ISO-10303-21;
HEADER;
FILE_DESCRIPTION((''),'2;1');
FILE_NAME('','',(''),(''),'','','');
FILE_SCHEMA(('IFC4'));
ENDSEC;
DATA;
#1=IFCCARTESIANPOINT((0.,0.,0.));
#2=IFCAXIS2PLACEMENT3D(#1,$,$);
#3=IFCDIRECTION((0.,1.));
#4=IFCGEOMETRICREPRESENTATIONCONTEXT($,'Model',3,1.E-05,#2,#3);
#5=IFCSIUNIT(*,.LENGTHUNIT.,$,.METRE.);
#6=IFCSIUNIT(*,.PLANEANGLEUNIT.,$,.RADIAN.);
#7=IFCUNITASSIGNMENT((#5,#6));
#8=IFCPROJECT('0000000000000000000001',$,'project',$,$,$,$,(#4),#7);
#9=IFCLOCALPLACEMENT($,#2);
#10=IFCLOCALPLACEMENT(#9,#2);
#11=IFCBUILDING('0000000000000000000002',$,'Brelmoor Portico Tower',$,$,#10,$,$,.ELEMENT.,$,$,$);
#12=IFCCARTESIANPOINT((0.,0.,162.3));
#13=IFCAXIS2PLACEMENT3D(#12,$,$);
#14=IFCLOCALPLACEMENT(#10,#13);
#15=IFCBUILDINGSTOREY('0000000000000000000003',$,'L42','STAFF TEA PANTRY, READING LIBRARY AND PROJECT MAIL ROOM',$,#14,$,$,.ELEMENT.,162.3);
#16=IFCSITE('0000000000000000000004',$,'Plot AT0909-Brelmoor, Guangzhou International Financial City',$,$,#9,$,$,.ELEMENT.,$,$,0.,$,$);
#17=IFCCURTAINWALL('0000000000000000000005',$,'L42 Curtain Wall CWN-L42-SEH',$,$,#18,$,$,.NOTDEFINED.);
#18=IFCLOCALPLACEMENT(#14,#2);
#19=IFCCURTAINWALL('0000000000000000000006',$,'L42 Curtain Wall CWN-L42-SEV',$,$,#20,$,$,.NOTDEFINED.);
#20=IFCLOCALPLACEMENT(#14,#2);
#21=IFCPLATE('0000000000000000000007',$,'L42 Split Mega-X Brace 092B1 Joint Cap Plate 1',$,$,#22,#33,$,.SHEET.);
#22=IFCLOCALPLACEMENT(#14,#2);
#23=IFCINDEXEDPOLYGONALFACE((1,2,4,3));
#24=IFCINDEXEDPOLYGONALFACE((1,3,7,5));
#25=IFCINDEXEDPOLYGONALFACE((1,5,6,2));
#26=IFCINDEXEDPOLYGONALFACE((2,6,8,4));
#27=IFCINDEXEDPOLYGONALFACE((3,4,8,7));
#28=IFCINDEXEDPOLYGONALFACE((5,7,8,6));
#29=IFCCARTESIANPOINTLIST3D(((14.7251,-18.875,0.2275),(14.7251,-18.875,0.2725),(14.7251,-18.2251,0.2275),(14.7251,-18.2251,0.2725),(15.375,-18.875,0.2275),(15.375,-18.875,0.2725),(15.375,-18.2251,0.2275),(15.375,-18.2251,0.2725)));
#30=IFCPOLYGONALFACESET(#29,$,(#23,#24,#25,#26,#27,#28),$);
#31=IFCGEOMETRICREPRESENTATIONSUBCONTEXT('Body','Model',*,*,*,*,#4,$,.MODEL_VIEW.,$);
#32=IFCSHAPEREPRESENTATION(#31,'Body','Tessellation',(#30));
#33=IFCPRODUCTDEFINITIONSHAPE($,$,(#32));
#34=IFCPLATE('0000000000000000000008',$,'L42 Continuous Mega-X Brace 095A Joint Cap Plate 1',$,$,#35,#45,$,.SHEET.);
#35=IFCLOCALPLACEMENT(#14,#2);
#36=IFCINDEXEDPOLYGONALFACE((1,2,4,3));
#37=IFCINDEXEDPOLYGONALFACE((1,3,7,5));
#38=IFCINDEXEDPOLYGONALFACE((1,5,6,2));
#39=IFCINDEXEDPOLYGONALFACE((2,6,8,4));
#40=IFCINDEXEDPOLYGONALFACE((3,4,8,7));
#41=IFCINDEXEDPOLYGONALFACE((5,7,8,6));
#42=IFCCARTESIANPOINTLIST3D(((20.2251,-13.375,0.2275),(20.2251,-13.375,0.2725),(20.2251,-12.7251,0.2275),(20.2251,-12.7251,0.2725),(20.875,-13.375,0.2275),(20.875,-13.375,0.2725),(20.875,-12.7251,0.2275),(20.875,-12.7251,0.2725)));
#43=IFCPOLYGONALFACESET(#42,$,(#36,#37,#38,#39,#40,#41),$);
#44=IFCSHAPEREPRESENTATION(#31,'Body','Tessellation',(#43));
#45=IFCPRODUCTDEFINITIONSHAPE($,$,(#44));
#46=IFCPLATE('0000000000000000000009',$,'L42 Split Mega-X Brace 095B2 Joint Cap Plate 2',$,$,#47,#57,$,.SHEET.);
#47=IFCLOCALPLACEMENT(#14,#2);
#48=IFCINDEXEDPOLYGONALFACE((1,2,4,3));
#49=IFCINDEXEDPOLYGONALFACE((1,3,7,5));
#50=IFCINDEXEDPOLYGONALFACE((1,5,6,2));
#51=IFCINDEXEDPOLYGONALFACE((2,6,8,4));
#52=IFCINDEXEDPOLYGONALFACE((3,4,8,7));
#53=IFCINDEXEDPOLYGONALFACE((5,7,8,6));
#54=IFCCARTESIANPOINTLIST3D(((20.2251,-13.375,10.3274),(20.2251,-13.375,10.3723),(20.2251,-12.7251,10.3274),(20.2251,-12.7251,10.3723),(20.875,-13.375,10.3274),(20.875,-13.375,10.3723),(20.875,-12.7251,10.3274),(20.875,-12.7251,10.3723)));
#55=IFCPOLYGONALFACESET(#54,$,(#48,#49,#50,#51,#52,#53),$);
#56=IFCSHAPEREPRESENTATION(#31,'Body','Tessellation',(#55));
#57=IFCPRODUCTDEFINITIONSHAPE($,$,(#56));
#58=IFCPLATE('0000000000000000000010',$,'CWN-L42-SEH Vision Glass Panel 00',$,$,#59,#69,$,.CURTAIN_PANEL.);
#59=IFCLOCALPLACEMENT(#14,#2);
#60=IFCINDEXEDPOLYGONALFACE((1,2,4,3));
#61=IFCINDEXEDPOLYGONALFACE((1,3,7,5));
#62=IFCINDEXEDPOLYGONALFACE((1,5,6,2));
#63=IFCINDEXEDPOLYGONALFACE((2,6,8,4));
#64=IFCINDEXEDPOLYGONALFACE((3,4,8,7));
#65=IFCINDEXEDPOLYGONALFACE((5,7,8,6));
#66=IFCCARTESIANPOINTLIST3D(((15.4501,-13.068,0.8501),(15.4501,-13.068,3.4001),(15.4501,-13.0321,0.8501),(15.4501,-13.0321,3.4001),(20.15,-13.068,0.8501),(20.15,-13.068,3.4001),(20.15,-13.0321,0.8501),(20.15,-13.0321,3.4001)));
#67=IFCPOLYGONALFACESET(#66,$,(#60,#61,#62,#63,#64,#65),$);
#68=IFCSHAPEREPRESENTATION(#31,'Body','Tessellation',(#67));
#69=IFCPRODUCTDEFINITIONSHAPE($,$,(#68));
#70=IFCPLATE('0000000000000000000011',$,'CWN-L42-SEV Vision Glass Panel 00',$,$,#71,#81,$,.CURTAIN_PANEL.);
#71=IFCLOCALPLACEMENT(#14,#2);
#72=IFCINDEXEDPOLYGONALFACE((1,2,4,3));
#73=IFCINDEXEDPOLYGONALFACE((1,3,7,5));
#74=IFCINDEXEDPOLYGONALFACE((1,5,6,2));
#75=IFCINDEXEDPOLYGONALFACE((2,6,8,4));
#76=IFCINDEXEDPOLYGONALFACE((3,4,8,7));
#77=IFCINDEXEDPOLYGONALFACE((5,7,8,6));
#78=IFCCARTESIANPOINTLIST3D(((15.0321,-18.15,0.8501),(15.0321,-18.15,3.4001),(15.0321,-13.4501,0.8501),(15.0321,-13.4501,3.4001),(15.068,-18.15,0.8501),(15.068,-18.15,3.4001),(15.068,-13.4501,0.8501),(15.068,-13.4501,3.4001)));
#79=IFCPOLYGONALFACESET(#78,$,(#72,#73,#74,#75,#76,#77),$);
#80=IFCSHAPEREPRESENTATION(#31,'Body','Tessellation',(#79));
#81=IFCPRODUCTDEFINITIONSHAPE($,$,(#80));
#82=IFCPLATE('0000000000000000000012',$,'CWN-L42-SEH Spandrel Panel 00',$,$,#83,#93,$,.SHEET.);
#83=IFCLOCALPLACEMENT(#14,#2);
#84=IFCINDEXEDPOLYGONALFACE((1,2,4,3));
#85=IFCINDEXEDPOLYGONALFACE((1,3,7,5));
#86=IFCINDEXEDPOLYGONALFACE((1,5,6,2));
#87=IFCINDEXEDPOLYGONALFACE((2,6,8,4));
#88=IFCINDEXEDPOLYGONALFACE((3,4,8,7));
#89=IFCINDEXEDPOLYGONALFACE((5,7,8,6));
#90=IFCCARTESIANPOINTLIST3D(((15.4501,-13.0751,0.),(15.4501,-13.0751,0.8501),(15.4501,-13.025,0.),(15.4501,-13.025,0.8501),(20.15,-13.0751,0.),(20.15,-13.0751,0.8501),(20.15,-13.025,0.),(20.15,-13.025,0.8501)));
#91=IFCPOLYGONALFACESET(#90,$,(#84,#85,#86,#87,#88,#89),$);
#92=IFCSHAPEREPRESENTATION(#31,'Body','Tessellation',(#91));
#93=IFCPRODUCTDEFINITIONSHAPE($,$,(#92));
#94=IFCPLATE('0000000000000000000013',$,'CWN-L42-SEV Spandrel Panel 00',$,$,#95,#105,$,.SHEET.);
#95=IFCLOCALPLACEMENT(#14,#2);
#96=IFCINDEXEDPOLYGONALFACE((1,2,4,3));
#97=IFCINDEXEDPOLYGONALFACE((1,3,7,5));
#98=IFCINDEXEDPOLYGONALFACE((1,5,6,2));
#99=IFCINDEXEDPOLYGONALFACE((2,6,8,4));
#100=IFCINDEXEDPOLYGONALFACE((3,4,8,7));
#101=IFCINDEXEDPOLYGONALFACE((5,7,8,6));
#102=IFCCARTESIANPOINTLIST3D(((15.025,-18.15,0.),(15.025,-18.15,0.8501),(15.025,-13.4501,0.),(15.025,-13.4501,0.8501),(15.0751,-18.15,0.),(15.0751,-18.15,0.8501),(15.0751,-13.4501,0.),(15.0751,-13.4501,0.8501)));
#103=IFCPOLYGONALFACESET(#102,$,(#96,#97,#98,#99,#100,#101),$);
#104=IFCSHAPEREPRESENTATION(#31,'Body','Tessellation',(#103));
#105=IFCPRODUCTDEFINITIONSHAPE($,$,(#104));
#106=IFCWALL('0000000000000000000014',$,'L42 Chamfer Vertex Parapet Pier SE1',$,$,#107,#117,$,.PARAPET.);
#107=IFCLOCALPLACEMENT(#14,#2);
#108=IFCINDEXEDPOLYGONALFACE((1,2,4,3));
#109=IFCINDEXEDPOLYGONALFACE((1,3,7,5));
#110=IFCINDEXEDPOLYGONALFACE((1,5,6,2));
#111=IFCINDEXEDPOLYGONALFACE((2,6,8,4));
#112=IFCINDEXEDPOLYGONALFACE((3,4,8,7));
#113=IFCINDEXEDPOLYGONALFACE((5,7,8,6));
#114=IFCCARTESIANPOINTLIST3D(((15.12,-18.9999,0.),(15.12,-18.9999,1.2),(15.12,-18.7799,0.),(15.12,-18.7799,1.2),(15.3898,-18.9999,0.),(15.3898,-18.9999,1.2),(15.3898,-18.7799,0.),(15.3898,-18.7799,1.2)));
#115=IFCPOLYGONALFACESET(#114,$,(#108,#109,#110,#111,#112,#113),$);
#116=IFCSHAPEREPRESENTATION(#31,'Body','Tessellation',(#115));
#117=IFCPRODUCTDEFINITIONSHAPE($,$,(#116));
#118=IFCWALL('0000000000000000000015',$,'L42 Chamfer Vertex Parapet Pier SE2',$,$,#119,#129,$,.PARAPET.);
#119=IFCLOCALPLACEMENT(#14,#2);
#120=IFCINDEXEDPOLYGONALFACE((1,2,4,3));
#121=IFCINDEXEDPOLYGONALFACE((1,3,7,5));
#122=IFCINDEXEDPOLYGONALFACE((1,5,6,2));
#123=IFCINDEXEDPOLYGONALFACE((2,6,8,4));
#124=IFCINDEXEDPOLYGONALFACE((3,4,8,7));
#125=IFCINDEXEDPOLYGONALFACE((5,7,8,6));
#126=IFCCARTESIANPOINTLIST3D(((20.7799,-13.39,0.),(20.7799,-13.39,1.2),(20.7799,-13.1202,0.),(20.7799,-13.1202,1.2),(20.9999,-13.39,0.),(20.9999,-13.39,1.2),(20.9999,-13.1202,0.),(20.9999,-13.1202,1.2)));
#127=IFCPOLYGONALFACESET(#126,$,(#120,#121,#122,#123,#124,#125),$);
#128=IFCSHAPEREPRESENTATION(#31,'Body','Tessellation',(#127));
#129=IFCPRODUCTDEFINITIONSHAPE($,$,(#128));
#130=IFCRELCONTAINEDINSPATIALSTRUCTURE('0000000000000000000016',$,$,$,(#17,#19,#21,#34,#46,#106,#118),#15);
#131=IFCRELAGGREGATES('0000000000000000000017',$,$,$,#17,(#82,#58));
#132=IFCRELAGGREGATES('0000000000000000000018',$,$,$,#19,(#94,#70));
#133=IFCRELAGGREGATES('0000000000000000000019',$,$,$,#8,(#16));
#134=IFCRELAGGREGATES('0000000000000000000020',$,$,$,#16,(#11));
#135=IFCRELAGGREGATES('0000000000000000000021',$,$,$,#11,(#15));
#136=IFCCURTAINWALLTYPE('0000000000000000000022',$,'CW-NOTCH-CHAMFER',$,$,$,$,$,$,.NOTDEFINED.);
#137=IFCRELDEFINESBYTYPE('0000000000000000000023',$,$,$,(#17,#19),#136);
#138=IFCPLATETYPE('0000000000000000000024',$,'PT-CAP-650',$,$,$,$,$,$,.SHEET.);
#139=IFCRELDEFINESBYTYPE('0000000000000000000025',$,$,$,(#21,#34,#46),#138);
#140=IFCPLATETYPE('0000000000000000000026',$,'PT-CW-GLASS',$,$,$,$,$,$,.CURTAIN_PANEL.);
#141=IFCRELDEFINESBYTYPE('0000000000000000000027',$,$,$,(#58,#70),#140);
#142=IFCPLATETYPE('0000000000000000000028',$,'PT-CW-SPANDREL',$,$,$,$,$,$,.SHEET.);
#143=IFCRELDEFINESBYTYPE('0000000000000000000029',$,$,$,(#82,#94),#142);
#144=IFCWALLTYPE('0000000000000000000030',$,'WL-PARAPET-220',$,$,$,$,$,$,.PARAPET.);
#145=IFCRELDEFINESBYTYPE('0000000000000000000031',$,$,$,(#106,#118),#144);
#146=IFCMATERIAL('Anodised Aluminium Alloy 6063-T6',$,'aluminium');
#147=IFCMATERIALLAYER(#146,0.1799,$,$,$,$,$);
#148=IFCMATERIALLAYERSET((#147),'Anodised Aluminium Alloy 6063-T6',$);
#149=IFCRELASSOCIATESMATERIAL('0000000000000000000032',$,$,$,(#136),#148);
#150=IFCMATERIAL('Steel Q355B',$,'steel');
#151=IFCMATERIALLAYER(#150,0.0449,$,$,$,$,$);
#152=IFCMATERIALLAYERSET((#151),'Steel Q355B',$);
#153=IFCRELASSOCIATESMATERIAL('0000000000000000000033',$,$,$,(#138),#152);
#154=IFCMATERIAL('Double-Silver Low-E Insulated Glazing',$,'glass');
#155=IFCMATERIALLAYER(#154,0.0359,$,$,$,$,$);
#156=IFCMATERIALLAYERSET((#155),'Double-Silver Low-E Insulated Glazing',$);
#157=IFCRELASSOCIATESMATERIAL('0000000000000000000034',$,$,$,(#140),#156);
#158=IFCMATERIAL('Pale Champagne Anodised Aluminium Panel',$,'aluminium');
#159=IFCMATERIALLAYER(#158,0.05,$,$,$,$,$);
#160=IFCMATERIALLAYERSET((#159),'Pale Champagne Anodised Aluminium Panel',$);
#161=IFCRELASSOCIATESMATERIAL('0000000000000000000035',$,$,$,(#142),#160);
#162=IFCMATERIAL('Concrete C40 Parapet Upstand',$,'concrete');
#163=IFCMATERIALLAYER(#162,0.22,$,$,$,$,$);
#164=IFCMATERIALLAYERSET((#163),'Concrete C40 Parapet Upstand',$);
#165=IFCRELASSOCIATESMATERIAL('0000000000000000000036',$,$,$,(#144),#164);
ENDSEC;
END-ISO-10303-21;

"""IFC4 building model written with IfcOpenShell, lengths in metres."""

from ifc_helpers import new_model, si_unit, direction, frame, frame_2d, origin, origin_2d, place, context, subcontext, project, spatial, rectangle, extrude, material, layer, layer_set, type_object, element, aggregate, save


model = new_model("IFC4")

# Units and contexts
model_context = context("Model", 3, precision=1e-05, world=origin(), true_north=direction((0.0, 1.0)))
body_context = subcontext(model_context, "Body", "Model", "MODEL_VIEW")
ifc_project = project(units=[si_unit("LENGTHUNIT", "METRE"), si_unit("PLANEANGLEUNIT", "RADIAN")], contexts=[model_context])

# Site, building, storey
site_placement = place(None, origin())
site = spatial("IfcSite", under=ifc_project, at=site_placement, Name="Plot AT0909-Brelmoor, Guangzhou International Financial City", CompositionType="ELEMENT", RefElevation=0.0)
building_placement = place(site_placement, origin())
building = spatial("IfcBuilding", under=site, at=building_placement, Name="Brelmoor Portico Tower", CompositionType="ELEMENT")
storey_placement = place(building_placement, frame((0.0, 0.0, 162.3)))
storey = spatial("IfcBuildingStorey", under=building, at=storey_placement, Name="L42", Description="STAFF TEA PANTRY, READING LIBRARY AND PROJECT MAIL ROOM", CompositionType="ELEMENT", Elevation=162.3)

# Shared definitions
ifc_material_1 = material(Name="Steel Q355B", Category="steel")

# Shared definitions
ifc_material_2 = material(Name="Anodised Aluminium Alloy 6063-T6", Category="aluminium")

# Curtain walls
ifc_layer_1 = layer(ifc_material_2, 0.1799)
ifc_layer_set_1 = layer_set([ifc_layer_1], Name="Anodised Aluminium Alloy 6063-T6")
curtain_wall_type_1 = type_object("IfcCurtainWallType", Name="CW-NOTCH-CHAMFER", PredefinedType="NOTDEFINED", material=ifc_layer_set_1)
curtain_wall_1_placement = place(storey_placement, origin())
curtain_wall_1 = element("IfcCurtainWall", 1, at=curtain_wall_1_placement, inside=storey, type_object=curtain_wall_type_1, Name="L42 Curtain Wall CWN-L42-SEH", PredefinedType="NOTDEFINED")
curtain_wall_2_placement = place(storey_placement, origin())
curtain_wall_2 = element("IfcCurtainWall", 2, at=curtain_wall_2_placement, inside=storey, type_object=curtain_wall_type_1, Name="L42 Curtain Wall CWN-L42-SEV", PredefinedType="NOTDEFINED")

# Plates
ifc_layer_2 = layer(ifc_material_1, 0.0449)
ifc_layer_set_2 = layer_set([ifc_layer_2], Name="Steel Q355B")
plate_type_1 = type_object("IfcPlateType", Name="PT-CAP-650", PredefinedType="SHEET", material=ifc_layer_set_2)
for number, where, z_axis, x_axis, name in (
    (3, (15.05, -18.55, 0.2275), (0.0, 0.0, 1.0), (1.0, 0.0, 0.0), "L42 Split Mega-X Brace 092B1 Joint Cap Plate 1"),
    (4, (20.55, -13.05, 0.2275), (0.0, 0.0, 1.0), (1.0, 0.0, 0.0), "L42 Continuous Mega-X Brace 095A Joint Cap Plate 1"),
    (5, (20.55, -13.05, 10.3274), (0.0, 0.0, 1.0), (1.0, 0.0, 0.0), "L42 Split Mega-X Brace 095B2 Joint Cap Plate 2"),
):
    element("IfcPlate", number, at=place(storey_placement, frame(where, z_axis=z_axis, x_axis=x_axis)), inside=storey, type_object=plate_type_1, Name=name, PredefinedType="SHEET", context=body_context, shape_type="SweptSolid", body=[
        extrude(rectangle(XDim=0.6499, YDim=0.6499, at=origin_2d()), origin(), (0.0, 0.0, 1.0), 0.0449),
    ])

# Plates
ifc_material_3 = material(Name="Double-Silver Low-E Insulated Glazing", Category="glass")
ifc_layer_3 = layer(ifc_material_3, 0.0359)
ifc_layer_set_3 = layer_set([ifc_layer_3], Name="Double-Silver Low-E Insulated Glazing")
plate_type_2 = type_object("IfcPlateType", Name="PT-CW-GLASS", PredefinedType="CURTAIN_PANEL", material=ifc_layer_set_3)
plate_1_placement = place(storey_placement, frame((17.8, -13.05, 0.8501), z_axis=(0.0, 0.0, 1.0), x_axis=(1.0, 0.0, 0.0)))
plate_1 = element("IfcPlate", 6, at=plate_1_placement, type_object=plate_type_2, Name="CWN-L42-SEH Vision Glass Panel 00", PredefinedType="CURTAIN_PANEL", context=body_context, shape_type="SweptSolid", body=[
    extrude(rectangle(XDim=4.7, YDim=0.0359, at=origin_2d()), origin(), (0.0, 0.0, 1.0), 2.55),
])
plate_2_placement = place(storey_placement, frame((15.05, -15.8, 0.8501), z_axis=(0.0, 0.0, 1.0), x_axis=(0.0, 1.0, 0.0)))
plate_2 = element("IfcPlate", 7, at=plate_2_placement, type_object=plate_type_2, Name="CWN-L42-SEV Vision Glass Panel 00", PredefinedType="CURTAIN_PANEL", context=body_context, shape_type="SweptSolid", body=[
    extrude(rectangle(XDim=4.7, YDim=0.0359, at=origin_2d()), origin(), (0.0, 0.0, 1.0), 2.55),
])
ifc_material_4 = material(Name="Pale Champagne Anodised Aluminium Panel", Category="aluminium")
ifc_layer_4 = layer(ifc_material_4, 0.05)
ifc_layer_set_4 = layer_set([ifc_layer_4], Name="Pale Champagne Anodised Aluminium Panel")
plate_type_3 = type_object("IfcPlateType", Name="PT-CW-SPANDREL", PredefinedType="SHEET", material=ifc_layer_set_4)
plate_3_placement = place(storey_placement, frame((17.8, -13.05, 0.0), z_axis=(0.0, 0.0, 1.0), x_axis=(1.0, 0.0, 0.0)))
plate_3 = element("IfcPlate", 8, at=plate_3_placement, type_object=plate_type_3, Name="CWN-L42-SEH Spandrel Panel 00", PredefinedType="SHEET", context=body_context, shape_type="SweptSolid", body=[
    extrude(rectangle(XDim=4.7, YDim=0.05, at=origin_2d()), origin(), (0.0, 0.0, 1.0), 0.8501),
])
aggregate(curtain_wall_1, [plate_3, plate_1])
plate_4_placement = place(storey_placement, frame((15.05, -15.8, 0.0), z_axis=(0.0, 0.0, 1.0), x_axis=(0.0, 1.0, 0.0)))
plate_4 = element("IfcPlate", 9, at=plate_4_placement, type_object=plate_type_3, Name="CWN-L42-SEV Spandrel Panel 00", PredefinedType="SHEET", context=body_context, shape_type="SweptSolid", body=[
    extrude(rectangle(XDim=4.7, YDim=0.05, at=origin_2d()), origin(), (0.0, 0.0, 1.0), 0.8501),
])
aggregate(curtain_wall_2, [plate_4, plate_2])

# Walls
ifc_material_5 = material(Name="Concrete C40 Parapet Upstand", Category="concrete")
ifc_layer_5 = layer(ifc_material_5, 0.22)
ifc_layer_set_5 = layer_set([ifc_layer_5], Name="Concrete C40 Parapet Upstand")
wall_type = type_object("IfcWallType", Name="WL-PARAPET-220", PredefinedType="PARAPET", material=ifc_layer_set_5)
for number, where, z_axis, x_axis, name in (
    (10, (15.1201, -18.8899, 0.0), (0.0, 0.0, 1.0), (1.0, 0.0, 0.0), "L42 Chamfer Vertex Parapet Pier SE1"),
    (11, (20.8899, -13.3899, 0.0), (0.0, 0.0, 1.0), (0.0, 1.0, 0.0), "L42 Chamfer Vertex Parapet Pier SE2"),
):
    element("IfcWall", number, at=place(storey_placement, frame(where, z_axis=z_axis, x_axis=x_axis)), inside=storey, type_object=wall_type, Name=name, PredefinedType="PARAPET", context=body_context, shape_type="SweptSolid", body=[
        extrude(rectangle(XDim=0.2698, YDim=0.22, at=frame_2d((0.1348, 0.0))), origin(), (0.0, 0.0, 1.0), 1.2),
    ])

save(model, "model.ifc")
